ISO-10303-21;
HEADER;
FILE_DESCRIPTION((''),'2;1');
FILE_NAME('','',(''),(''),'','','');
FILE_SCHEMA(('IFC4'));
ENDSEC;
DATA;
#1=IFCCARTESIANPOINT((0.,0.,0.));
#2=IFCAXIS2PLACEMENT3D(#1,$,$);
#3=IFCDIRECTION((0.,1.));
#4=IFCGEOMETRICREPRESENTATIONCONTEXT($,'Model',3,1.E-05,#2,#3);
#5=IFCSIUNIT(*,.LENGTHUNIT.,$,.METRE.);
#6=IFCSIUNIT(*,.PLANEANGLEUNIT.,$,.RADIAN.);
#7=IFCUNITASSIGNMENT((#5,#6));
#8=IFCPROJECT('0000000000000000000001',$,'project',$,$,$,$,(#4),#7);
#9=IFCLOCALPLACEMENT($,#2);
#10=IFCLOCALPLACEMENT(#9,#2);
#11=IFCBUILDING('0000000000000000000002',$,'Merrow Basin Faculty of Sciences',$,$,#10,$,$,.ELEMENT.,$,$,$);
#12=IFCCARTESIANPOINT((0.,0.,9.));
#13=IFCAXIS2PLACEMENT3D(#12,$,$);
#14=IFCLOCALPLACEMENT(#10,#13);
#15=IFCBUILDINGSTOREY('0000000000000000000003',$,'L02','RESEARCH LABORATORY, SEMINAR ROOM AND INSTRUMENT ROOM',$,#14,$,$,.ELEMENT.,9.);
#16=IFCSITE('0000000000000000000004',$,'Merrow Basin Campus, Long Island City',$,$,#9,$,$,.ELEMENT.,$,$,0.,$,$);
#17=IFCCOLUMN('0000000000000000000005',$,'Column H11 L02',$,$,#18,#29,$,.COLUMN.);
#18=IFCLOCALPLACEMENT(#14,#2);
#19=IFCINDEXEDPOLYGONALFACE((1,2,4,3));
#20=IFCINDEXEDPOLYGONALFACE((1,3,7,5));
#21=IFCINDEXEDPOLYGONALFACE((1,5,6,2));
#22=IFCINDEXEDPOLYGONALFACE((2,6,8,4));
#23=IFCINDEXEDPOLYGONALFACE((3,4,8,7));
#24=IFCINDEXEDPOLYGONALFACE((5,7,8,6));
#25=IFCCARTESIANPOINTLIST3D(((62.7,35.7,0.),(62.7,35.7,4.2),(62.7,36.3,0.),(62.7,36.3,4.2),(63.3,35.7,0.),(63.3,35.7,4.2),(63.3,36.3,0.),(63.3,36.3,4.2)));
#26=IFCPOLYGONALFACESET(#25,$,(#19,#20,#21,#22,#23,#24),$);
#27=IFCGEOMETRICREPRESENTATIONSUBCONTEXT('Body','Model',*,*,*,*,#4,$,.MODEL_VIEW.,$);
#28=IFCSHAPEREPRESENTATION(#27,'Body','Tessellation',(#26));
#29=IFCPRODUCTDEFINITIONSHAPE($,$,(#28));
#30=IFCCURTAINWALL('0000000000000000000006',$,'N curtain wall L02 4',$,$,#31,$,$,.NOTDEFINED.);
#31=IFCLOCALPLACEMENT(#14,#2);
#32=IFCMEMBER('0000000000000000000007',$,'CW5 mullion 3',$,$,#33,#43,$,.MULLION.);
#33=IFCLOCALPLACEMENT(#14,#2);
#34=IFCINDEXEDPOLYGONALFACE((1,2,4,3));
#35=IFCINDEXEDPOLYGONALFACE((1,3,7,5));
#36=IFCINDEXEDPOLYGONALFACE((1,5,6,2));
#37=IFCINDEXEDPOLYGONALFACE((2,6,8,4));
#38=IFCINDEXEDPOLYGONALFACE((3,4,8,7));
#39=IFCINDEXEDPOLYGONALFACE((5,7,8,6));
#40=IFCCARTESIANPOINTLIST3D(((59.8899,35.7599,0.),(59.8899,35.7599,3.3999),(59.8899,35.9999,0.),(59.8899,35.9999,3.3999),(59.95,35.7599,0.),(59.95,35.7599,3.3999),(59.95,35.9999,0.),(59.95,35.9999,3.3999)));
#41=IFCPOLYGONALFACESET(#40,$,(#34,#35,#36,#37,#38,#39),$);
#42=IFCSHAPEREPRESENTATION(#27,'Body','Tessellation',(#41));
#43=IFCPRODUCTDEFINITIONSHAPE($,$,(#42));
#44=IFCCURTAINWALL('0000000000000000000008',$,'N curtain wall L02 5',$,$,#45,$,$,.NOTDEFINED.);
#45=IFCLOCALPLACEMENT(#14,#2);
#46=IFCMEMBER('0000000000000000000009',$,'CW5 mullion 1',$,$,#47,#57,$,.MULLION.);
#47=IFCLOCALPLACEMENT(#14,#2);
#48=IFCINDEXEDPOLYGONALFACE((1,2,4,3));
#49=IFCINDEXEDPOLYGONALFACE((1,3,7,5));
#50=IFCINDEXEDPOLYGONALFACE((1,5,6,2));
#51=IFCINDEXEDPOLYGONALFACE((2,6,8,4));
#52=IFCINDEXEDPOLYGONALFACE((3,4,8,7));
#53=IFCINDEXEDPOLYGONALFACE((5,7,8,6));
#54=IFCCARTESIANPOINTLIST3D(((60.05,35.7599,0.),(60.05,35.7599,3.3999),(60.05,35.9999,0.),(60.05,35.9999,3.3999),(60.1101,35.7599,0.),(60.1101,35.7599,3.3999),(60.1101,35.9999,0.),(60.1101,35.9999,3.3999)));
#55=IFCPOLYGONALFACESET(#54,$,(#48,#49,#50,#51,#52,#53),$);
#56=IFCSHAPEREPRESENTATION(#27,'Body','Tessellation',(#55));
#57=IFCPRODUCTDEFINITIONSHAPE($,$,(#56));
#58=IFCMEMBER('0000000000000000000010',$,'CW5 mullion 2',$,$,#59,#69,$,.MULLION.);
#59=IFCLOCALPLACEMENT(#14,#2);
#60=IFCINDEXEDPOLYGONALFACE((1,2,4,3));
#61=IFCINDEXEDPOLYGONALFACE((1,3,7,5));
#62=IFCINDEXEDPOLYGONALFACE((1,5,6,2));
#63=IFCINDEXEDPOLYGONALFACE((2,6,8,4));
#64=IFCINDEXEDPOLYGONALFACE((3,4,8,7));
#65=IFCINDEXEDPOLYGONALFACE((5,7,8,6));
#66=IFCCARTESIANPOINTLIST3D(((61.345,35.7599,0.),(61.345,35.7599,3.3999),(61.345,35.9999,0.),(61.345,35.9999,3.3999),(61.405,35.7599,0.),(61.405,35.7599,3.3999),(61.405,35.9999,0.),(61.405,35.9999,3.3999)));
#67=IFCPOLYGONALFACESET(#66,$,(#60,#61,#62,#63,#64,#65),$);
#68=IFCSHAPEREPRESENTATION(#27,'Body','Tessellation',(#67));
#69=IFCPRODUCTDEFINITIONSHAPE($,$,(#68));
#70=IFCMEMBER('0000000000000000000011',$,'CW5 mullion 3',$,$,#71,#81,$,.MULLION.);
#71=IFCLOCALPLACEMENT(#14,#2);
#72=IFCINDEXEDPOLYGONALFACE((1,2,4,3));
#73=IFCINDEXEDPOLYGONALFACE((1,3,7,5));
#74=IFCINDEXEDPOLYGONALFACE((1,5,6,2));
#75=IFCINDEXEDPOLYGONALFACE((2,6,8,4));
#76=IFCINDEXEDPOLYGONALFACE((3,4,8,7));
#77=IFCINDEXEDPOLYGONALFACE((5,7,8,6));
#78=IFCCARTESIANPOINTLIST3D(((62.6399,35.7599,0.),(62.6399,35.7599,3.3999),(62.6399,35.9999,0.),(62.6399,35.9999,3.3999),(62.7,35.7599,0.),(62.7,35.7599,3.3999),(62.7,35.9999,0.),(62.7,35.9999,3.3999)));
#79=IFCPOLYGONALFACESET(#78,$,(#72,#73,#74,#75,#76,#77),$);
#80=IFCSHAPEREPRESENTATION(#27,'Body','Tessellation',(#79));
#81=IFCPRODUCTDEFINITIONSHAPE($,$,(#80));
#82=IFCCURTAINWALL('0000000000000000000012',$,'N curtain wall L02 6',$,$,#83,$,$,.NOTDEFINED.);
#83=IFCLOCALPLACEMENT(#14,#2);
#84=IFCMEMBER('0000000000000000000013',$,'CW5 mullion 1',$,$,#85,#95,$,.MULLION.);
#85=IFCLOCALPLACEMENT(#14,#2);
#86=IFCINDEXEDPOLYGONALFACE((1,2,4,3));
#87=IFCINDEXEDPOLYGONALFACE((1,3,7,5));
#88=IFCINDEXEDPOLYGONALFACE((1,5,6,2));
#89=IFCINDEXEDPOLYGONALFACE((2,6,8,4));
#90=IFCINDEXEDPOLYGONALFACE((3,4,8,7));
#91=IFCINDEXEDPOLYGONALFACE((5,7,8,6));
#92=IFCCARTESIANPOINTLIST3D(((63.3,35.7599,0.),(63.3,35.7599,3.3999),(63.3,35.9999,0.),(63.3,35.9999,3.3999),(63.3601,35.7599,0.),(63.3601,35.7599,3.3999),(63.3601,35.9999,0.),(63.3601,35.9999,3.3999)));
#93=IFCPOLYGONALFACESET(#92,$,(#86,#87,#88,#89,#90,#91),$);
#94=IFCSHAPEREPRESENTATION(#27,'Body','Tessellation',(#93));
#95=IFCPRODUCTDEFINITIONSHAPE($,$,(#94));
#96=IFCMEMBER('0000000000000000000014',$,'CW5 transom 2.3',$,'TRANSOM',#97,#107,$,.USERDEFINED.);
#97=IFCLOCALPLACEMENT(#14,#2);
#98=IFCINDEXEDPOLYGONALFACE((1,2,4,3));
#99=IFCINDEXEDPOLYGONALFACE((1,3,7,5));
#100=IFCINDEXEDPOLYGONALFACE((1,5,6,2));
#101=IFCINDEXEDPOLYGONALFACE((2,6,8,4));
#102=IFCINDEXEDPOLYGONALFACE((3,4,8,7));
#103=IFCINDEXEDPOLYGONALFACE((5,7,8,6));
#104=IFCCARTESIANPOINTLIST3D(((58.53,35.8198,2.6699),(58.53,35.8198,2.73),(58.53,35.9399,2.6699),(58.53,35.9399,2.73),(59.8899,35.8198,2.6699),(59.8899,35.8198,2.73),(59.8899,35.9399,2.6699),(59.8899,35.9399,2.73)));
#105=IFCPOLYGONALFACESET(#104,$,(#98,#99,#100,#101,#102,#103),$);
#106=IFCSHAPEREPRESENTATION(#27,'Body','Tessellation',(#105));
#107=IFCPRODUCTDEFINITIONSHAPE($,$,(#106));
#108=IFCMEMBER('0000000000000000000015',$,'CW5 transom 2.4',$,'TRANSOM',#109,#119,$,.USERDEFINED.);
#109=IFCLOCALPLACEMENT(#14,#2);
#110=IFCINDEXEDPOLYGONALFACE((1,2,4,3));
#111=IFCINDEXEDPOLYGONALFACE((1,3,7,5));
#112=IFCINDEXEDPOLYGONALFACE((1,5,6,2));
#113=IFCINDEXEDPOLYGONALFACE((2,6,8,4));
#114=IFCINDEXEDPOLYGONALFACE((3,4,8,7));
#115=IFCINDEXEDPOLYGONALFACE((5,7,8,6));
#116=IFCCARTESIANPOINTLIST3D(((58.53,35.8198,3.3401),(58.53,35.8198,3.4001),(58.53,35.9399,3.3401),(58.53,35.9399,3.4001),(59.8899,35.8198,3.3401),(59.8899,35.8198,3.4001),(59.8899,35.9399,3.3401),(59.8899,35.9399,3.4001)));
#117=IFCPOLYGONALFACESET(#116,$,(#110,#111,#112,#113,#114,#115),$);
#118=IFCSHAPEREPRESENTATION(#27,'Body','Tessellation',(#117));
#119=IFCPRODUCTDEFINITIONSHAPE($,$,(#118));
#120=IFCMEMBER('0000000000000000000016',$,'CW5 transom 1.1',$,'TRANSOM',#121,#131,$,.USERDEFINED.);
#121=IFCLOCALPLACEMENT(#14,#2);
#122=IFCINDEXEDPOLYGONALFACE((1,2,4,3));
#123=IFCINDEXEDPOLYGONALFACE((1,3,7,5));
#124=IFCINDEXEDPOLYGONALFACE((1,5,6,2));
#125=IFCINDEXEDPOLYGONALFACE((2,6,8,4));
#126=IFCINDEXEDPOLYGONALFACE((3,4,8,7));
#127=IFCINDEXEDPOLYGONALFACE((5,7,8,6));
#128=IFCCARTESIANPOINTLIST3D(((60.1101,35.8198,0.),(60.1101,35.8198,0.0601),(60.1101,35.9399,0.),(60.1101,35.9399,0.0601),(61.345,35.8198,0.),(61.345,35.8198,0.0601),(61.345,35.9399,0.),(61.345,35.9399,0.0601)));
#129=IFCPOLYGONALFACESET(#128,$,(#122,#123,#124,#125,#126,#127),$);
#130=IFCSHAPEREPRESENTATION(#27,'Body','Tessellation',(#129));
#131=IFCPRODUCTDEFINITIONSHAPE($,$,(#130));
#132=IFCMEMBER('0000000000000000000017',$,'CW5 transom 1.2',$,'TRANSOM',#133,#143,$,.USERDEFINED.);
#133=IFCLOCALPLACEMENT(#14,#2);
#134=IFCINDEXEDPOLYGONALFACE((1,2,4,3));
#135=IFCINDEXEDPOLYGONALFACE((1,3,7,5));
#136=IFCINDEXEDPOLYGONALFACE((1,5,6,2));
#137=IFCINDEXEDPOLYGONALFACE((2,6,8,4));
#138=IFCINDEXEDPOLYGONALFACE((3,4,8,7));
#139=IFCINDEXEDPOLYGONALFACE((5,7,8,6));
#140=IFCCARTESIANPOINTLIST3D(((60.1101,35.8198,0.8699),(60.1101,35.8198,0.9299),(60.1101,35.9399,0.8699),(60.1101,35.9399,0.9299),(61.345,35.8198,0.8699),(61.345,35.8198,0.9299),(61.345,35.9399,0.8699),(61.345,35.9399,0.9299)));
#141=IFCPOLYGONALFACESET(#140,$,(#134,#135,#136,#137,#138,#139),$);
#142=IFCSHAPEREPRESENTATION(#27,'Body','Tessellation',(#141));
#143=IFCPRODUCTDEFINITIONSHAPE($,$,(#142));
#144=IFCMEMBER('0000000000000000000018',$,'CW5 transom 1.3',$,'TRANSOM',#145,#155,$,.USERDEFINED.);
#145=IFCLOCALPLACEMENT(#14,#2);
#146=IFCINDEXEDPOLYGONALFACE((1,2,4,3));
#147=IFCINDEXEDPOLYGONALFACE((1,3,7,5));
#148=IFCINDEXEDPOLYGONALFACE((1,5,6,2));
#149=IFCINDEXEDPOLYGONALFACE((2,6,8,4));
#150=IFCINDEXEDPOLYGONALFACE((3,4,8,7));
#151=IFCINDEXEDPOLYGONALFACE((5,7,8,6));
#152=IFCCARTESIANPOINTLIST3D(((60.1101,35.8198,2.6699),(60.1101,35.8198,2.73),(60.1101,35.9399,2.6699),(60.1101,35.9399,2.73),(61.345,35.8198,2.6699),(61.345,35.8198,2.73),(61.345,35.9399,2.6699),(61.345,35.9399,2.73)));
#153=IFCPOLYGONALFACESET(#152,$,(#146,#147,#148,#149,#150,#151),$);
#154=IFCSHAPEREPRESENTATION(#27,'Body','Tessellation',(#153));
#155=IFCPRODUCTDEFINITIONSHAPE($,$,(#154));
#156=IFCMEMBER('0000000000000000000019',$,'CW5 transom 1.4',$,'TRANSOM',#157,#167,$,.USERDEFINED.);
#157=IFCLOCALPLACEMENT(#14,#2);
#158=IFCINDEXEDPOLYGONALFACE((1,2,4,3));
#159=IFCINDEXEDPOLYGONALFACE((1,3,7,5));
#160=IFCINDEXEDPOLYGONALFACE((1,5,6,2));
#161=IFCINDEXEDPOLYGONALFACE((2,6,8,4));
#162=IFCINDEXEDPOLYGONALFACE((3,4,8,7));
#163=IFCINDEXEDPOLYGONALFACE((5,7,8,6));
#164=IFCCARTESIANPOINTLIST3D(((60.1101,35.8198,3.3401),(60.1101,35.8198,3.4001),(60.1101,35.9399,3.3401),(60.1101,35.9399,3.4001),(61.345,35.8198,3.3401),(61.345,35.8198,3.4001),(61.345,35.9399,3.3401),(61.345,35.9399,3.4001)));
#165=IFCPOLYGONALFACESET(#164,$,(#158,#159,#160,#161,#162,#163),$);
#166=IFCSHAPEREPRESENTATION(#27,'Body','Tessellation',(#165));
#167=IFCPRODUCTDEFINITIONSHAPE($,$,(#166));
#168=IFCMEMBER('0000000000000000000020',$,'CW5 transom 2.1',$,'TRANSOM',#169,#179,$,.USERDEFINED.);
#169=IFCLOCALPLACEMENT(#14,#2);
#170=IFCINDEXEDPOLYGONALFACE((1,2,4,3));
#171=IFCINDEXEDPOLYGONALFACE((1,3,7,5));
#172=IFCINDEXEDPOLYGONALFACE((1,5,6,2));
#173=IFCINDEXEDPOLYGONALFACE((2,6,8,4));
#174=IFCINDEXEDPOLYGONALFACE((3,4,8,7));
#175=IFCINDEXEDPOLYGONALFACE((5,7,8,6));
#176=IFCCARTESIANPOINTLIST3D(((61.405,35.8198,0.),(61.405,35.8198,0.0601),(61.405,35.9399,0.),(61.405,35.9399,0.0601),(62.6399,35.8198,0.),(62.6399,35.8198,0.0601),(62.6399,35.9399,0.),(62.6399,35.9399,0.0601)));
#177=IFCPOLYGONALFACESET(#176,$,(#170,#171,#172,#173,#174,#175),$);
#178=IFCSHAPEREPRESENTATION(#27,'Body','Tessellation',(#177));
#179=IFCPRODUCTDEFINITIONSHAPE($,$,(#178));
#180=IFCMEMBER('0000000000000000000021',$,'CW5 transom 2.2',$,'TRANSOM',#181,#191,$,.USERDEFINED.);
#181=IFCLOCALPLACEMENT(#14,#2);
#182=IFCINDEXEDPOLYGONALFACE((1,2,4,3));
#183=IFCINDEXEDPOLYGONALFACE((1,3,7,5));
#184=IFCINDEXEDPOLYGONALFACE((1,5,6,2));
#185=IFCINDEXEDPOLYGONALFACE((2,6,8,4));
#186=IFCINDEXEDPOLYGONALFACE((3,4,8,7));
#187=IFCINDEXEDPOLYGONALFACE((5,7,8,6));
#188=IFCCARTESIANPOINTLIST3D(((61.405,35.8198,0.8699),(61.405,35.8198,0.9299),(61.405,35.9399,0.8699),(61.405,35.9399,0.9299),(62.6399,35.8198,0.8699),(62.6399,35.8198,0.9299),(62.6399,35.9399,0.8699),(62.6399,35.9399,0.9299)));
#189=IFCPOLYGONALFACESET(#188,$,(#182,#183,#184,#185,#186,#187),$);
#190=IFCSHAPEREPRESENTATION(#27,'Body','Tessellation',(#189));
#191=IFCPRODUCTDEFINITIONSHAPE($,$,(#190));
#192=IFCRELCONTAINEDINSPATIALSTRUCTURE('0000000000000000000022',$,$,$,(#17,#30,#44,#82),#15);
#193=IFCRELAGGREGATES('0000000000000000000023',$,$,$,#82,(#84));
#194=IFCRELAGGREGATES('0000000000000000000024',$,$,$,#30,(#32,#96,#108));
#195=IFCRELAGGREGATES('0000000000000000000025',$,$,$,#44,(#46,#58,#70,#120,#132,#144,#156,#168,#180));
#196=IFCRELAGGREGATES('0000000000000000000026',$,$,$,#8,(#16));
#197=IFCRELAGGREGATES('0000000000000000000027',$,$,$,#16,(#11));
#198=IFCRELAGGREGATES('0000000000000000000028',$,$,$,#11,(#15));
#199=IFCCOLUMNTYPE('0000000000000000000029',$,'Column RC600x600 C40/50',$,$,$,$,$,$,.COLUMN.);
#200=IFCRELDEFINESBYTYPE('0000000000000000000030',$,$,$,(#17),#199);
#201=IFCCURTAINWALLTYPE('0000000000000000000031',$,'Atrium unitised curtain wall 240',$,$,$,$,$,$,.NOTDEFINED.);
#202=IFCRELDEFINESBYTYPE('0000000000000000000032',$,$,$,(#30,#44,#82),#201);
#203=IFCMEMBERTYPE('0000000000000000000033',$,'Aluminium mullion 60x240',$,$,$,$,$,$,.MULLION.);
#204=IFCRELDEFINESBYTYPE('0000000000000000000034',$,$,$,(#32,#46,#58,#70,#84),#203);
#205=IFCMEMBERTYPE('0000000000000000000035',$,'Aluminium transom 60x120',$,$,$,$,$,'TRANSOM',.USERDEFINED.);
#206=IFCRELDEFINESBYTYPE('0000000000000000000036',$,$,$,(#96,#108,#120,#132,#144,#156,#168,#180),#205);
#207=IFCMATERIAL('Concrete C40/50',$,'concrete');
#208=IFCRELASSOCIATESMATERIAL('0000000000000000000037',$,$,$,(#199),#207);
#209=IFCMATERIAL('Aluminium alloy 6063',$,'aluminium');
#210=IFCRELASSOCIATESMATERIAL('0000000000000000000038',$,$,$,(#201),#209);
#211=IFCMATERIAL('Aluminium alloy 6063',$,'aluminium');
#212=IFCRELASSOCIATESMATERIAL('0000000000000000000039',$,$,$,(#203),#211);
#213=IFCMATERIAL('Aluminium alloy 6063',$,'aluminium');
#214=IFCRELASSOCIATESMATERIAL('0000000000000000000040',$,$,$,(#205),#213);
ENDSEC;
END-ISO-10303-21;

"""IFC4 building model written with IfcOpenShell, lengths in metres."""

from ifc_helpers import new_model, si_unit, direction, frame, origin, origin_2d, place, context, subcontext, project, spatial, rectangle, extrude, material, material_profile, profile_set, type_object, element, aggregate, save


model = new_model("IFC4")

# Units and contexts
model_context = context("Model", 3, precision=1e-05, world=origin(), true_north=direction((0.0, 1.0)))
body_context = subcontext(model_context, "Body", "Model", "MODEL_VIEW")
ifc_project = project(units=[si_unit("LENGTHUNIT", "METRE"), si_unit("PLANEANGLEUNIT", "RADIAN")], contexts=[model_context])

# Site, building, storey
site_placement = place(None, origin())
site = spatial("IfcSite", under=ifc_project, at=site_placement, Name="Merrow Basin Campus, Long Island City", CompositionType="ELEMENT", RefElevation=0.0)
building_placement = place(site_placement, origin())
building = spatial("IfcBuilding", under=site, at=building_placement, Name="Merrow Basin Faculty of Sciences", CompositionType="ELEMENT")
storey_placement = place(building_placement, frame((0.0, 0.0, 9.0)))
storey = spatial("IfcBuildingStorey", under=building, at=storey_placement, Name="L02", Description="RESEARCH LABORATORY, SEMINAR ROOM AND INSTRUMENT ROOM", CompositionType="ELEMENT", Elevation=9.0)

# Column
ifc_material_1 = material(Name="Concrete C40/50", Category="concrete")
ifc_material_profile_1 = material_profile(ifc_material_1, rectangle(XDim=0.6001, YDim=0.6001, at=origin_2d()))
ifc_profile_set_1 = profile_set([ifc_material_profile_1], Name="Concrete C40/50")
column_type = type_object("IfcColumnType", Name="Column RC600x600 C40/50", PredefinedType="COLUMN", material=ifc_profile_set_1)
column_placement = place(storey_placement, frame((63.0, 36.0, 0.0), z_axis=(0.0, 0.0, 1.0), x_axis=(1.0, 0.0, 0.0)))
element("IfcColumn", 1, at=column_placement, inside=storey, type_object=column_type, Name="Column H11 L02", PredefinedType="COLUMN", context=body_context, shape_type="SweptSolid", body=[
    extrude(rectangle(XDim=0.6001, YDim=0.6001, at=origin_2d()), origin(), (0.0, 0.0, 1.0), 4.2),
])

# Curtain wall, member
ifc_material_2 = material(Name="Aluminium alloy 6063", Category="aluminium")
curtain_wall_type = type_object("IfcCurtainWallType", Name="Atrium unitised curtain wall 240", PredefinedType="NOTDEFINED", material=ifc_material_2)
curtain_wall_1_placement = place(storey_placement, origin())
curtain_wall_1 = element("IfcCurtainWall", 2, at=curtain_wall_1_placement, inside=storey, type_object=curtain_wall_type, Name="N curtain wall L02 4", PredefinedType="NOTDEFINED")
ifc_material_3 = material(Name="Aluminium alloy 6063", Category="aluminium")
ifc_material_profile_2 = material_profile(ifc_material_3, rectangle(XDim=0.24, YDim=0.0601, at=origin_2d()))
ifc_profile_set_2 = profile_set([ifc_material_profile_2], Name="Aluminium alloy 6063")
member_type_1 = type_object("IfcMemberType", Name="Aluminium mullion 60x240", PredefinedType="MULLION", material=ifc_profile_set_2)
member_1_placement = place(storey_placement, frame((59.9199, 35.8799, 0.0), z_axis=(0.0, 0.0, 1.0), x_axis=(0.0, 1.0, 0.0)))
member_1 = element("IfcMember", 3, at=member_1_placement, type_object=member_type_1, Name="CW5 mullion 3", PredefinedType="MULLION", context=body_context, shape_type="SweptSolid", body=[
    extrude(rectangle(XDim=0.24, YDim=0.0601, at=origin_2d()), origin(), (0.0, 0.0, 1.0), 3.3999),
])

# Curtain wall, members
curtain_wall_2_placement = place(storey_placement, origin())
curtain_wall_2 = element("IfcCurtainWall", 4, at=curtain_wall_2_placement, inside=storey, type_object=curtain_wall_type, Name="N curtain wall L02 5", PredefinedType="NOTDEFINED")
member_2_placement = place(storey_placement, frame((60.0801, 35.8799, 0.0), z_axis=(0.0, 0.0, 1.0), x_axis=(0.0, 1.0, 0.0)))
member_2 = element("IfcMember", 5, at=member_2_placement, type_object=member_type_1, Name="CW5 mullion 1", PredefinedType="MULLION", context=body_context, shape_type="SweptSolid", body=[
    extrude(rectangle(XDim=0.24, YDim=0.0601, at=origin_2d()), origin(), (0.0, 0.0, 1.0), 3.3999),
])
member_3_placement = place(storey_placement, frame((61.375, 35.8799, 0.0), z_axis=(0.0, 0.0, 1.0), x_axis=(0.0, 1.0, 0.0)))
member_3 = element("IfcMember", 6, at=member_3_placement, type_object=member_type_1, Name="CW5 mullion 2", PredefinedType="MULLION", context=body_context, shape_type="SweptSolid", body=[
    extrude(rectangle(XDim=0.24, YDim=0.0601, at=origin_2d()), origin(), (0.0, 0.0, 1.0), 3.3999),
])
member_4_placement = place(storey_placement, frame((62.6699, 35.8799, 0.0), z_axis=(0.0, 0.0, 1.0), x_axis=(0.0, 1.0, 0.0)))
member_4 = element("IfcMember", 7, at=member_4_placement, type_object=member_type_1, Name="CW5 mullion 3", PredefinedType="MULLION", context=body_context, shape_type="SweptSolid", body=[
    extrude(rectangle(XDim=0.24, YDim=0.0601, at=origin_2d()), origin(), (0.0, 0.0, 1.0), 3.3999),
])

# Curtain wall, member
curtain_wall_3_placement = place(storey_placement, origin())
curtain_wall_3 = element("IfcCurtainWall", 8, at=curtain_wall_3_placement, inside=storey, type_object=curtain_wall_type, Name="N curtain wall L02 6", PredefinedType="NOTDEFINED")
member_5_placement = place(storey_placement, frame((63.3301, 35.8799, 0.0), z_axis=(0.0, 0.0, 1.0), x_axis=(0.0, 1.0, 0.0)))
member_5 = element("IfcMember", 9, at=member_5_placement, type_object=member_type_1, Name="CW5 mullion 1", PredefinedType="MULLION", context=body_context, shape_type="SweptSolid", body=[
    extrude(rectangle(XDim=0.24, YDim=0.0601, at=origin_2d()), origin(), (0.0, 0.0, 1.0), 3.3999),
])

# Members
ifc_material_4 = material(Name="Aluminium alloy 6063", Category="aluminium")
ifc_material_profile_3 = material_profile(ifc_material_4, rectangle(XDim=0.1201, YDim=0.0601, at=origin_2d()))
ifc_profile_set_3 = profile_set([ifc_material_profile_3], Name="Aluminium alloy 6063")
member_type_2 = type_object("IfcMemberType", Name="Aluminium transom 60x120", ElementType="TRANSOM", PredefinedType="USERDEFINED", material=ifc_profile_set_3)
member_6_placement = place(storey_placement, frame((58.53, 35.8799, 2.7), z_axis=(1.0, 0.0, 0.0), x_axis=(0.0, 1.0, 0.0)))
member_6 = element("IfcMember", 10, at=member_6_placement, type_object=member_type_2, Name="CW5 transom 2.3", ObjectType="TRANSOM", PredefinedType="USERDEFINED", context=body_context, shape_type="SweptSolid", body=[
    extrude(rectangle(XDim=0.1201, YDim=0.0601, at=origin_2d()), origin(), (0.0, 0.0, 1.0), 1.3599),
])
member_7_placement = place(storey_placement, frame((58.53, 35.8799, 3.3701), z_axis=(1.0, 0.0, 0.0), x_axis=(0.0, 1.0, 0.0)))
member_7 = element("IfcMember", 11, at=member_7_placement, type_object=member_type_2, Name="CW5 transom 2.4", ObjectType="TRANSOM", PredefinedType="USERDEFINED", context=body_context, shape_type="SweptSolid", body=[
    extrude(rectangle(XDim=0.1201, YDim=0.0601, at=origin_2d()), origin(), (0.0, 0.0, 1.0), 1.3599),
])
member_8_placement = place(storey_placement, frame((60.1101, 35.8799, 0.03), z_axis=(1.0, 0.0, 0.0), x_axis=(0.0, 1.0, 0.0)))
member_8 = element("IfcMember", 12, at=member_8_placement, type_object=member_type_2, Name="CW5 transom 1.1", ObjectType="TRANSOM", PredefinedType="USERDEFINED", context=body_context, shape_type="SweptSolid", body=[
    extrude(rectangle(XDim=0.1201, YDim=0.0601, at=origin_2d()), origin(), (0.0, 0.0, 1.0), 1.2349),
])
member_9_placement = place(storey_placement, frame((60.1101, 35.8799, 0.8999), z_axis=(1.0, 0.0, 0.0), x_axis=(0.0, 1.0, 0.0)))
member_9 = element("IfcMember", 13, at=member_9_placement, type_object=member_type_2, Name="CW5 transom 1.2", ObjectType="TRANSOM", PredefinedType="USERDEFINED", context=body_context, shape_type="SweptSolid", body=[
    extrude(rectangle(XDim=0.1201, YDim=0.0601, at=origin_2d()), origin(), (0.0, 0.0, 1.0), 1.2349),
])
member_10_placement = place(storey_placement, frame((60.1101, 35.8799, 2.7), z_axis=(1.0, 0.0, 0.0), x_axis=(0.0, 1.0, 0.0)))
member_10 = element("IfcMember", 14, at=member_10_placement, type_object=member_type_2, Name="CW5 transom 1.3", ObjectType="TRANSOM", PredefinedType="USERDEFINED", context=body_context, shape_type="SweptSolid", body=[
    extrude(rectangle(XDim=0.1201, YDim=0.0601, at=origin_2d()), origin(), (0.0, 0.0, 1.0), 1.2349),
])
member_11_placement = place(storey_placement, frame((60.1101, 35.8799, 3.3701), z_axis=(1.0, 0.0, 0.0), x_axis=(0.0, 1.0, 0.0)))
member_11 = element("IfcMember", 15, at=member_11_placement, type_object=member_type_2, Name="CW5 transom 1.4", ObjectType="TRANSOM", PredefinedType="USERDEFINED", context=body_context, shape_type="SweptSolid", body=[
    extrude(rectangle(XDim=0.1201, YDim=0.0601, at=origin_2d()), origin(), (0.0, 0.0, 1.0), 1.2349),
])
member_12_placement = place(storey_placement, frame((61.405, 35.8799, 0.03), z_axis=(1.0, 0.0, 0.0), x_axis=(0.0, 1.0, 0.0)))
member_12 = element("IfcMember", 16, at=member_12_placement, type_object=member_type_2, Name="CW5 transom 2.1", ObjectType="TRANSOM", PredefinedType="USERDEFINED", context=body_context, shape_type="SweptSolid", body=[
    extrude(rectangle(XDim=0.1201, YDim=0.0601, at=origin_2d()), origin(), (0.0, 0.0, 1.0), 1.2349),
])
member_13_placement = place(storey_placement, frame((61.405, 35.8799, 0.8999), z_axis=(1.0, 0.0, 0.0), x_axis=(0.0, 1.0, 0.0)))
member_13 = element("IfcMember", 17, at=member_13_placement, type_object=member_type_2, Name="CW5 transom 2.2", ObjectType="TRANSOM", PredefinedType="USERDEFINED", context=body_context, shape_type="SweptSolid", body=[
    extrude(rectangle(XDim=0.1201, YDim=0.0601, at=origin_2d()), origin(), (0.0, 0.0, 1.0), 1.2349),
])
aggregate(curtain_wall_3, [member_5])

aggregate(curtain_wall_1, [member_1, member_6, member_7])
aggregate(curtain_wall_2, [member_2, member_3, member_4, member_8, member_9, member_10, member_11, member_12, member_13])

save(model, "model.ifc")
